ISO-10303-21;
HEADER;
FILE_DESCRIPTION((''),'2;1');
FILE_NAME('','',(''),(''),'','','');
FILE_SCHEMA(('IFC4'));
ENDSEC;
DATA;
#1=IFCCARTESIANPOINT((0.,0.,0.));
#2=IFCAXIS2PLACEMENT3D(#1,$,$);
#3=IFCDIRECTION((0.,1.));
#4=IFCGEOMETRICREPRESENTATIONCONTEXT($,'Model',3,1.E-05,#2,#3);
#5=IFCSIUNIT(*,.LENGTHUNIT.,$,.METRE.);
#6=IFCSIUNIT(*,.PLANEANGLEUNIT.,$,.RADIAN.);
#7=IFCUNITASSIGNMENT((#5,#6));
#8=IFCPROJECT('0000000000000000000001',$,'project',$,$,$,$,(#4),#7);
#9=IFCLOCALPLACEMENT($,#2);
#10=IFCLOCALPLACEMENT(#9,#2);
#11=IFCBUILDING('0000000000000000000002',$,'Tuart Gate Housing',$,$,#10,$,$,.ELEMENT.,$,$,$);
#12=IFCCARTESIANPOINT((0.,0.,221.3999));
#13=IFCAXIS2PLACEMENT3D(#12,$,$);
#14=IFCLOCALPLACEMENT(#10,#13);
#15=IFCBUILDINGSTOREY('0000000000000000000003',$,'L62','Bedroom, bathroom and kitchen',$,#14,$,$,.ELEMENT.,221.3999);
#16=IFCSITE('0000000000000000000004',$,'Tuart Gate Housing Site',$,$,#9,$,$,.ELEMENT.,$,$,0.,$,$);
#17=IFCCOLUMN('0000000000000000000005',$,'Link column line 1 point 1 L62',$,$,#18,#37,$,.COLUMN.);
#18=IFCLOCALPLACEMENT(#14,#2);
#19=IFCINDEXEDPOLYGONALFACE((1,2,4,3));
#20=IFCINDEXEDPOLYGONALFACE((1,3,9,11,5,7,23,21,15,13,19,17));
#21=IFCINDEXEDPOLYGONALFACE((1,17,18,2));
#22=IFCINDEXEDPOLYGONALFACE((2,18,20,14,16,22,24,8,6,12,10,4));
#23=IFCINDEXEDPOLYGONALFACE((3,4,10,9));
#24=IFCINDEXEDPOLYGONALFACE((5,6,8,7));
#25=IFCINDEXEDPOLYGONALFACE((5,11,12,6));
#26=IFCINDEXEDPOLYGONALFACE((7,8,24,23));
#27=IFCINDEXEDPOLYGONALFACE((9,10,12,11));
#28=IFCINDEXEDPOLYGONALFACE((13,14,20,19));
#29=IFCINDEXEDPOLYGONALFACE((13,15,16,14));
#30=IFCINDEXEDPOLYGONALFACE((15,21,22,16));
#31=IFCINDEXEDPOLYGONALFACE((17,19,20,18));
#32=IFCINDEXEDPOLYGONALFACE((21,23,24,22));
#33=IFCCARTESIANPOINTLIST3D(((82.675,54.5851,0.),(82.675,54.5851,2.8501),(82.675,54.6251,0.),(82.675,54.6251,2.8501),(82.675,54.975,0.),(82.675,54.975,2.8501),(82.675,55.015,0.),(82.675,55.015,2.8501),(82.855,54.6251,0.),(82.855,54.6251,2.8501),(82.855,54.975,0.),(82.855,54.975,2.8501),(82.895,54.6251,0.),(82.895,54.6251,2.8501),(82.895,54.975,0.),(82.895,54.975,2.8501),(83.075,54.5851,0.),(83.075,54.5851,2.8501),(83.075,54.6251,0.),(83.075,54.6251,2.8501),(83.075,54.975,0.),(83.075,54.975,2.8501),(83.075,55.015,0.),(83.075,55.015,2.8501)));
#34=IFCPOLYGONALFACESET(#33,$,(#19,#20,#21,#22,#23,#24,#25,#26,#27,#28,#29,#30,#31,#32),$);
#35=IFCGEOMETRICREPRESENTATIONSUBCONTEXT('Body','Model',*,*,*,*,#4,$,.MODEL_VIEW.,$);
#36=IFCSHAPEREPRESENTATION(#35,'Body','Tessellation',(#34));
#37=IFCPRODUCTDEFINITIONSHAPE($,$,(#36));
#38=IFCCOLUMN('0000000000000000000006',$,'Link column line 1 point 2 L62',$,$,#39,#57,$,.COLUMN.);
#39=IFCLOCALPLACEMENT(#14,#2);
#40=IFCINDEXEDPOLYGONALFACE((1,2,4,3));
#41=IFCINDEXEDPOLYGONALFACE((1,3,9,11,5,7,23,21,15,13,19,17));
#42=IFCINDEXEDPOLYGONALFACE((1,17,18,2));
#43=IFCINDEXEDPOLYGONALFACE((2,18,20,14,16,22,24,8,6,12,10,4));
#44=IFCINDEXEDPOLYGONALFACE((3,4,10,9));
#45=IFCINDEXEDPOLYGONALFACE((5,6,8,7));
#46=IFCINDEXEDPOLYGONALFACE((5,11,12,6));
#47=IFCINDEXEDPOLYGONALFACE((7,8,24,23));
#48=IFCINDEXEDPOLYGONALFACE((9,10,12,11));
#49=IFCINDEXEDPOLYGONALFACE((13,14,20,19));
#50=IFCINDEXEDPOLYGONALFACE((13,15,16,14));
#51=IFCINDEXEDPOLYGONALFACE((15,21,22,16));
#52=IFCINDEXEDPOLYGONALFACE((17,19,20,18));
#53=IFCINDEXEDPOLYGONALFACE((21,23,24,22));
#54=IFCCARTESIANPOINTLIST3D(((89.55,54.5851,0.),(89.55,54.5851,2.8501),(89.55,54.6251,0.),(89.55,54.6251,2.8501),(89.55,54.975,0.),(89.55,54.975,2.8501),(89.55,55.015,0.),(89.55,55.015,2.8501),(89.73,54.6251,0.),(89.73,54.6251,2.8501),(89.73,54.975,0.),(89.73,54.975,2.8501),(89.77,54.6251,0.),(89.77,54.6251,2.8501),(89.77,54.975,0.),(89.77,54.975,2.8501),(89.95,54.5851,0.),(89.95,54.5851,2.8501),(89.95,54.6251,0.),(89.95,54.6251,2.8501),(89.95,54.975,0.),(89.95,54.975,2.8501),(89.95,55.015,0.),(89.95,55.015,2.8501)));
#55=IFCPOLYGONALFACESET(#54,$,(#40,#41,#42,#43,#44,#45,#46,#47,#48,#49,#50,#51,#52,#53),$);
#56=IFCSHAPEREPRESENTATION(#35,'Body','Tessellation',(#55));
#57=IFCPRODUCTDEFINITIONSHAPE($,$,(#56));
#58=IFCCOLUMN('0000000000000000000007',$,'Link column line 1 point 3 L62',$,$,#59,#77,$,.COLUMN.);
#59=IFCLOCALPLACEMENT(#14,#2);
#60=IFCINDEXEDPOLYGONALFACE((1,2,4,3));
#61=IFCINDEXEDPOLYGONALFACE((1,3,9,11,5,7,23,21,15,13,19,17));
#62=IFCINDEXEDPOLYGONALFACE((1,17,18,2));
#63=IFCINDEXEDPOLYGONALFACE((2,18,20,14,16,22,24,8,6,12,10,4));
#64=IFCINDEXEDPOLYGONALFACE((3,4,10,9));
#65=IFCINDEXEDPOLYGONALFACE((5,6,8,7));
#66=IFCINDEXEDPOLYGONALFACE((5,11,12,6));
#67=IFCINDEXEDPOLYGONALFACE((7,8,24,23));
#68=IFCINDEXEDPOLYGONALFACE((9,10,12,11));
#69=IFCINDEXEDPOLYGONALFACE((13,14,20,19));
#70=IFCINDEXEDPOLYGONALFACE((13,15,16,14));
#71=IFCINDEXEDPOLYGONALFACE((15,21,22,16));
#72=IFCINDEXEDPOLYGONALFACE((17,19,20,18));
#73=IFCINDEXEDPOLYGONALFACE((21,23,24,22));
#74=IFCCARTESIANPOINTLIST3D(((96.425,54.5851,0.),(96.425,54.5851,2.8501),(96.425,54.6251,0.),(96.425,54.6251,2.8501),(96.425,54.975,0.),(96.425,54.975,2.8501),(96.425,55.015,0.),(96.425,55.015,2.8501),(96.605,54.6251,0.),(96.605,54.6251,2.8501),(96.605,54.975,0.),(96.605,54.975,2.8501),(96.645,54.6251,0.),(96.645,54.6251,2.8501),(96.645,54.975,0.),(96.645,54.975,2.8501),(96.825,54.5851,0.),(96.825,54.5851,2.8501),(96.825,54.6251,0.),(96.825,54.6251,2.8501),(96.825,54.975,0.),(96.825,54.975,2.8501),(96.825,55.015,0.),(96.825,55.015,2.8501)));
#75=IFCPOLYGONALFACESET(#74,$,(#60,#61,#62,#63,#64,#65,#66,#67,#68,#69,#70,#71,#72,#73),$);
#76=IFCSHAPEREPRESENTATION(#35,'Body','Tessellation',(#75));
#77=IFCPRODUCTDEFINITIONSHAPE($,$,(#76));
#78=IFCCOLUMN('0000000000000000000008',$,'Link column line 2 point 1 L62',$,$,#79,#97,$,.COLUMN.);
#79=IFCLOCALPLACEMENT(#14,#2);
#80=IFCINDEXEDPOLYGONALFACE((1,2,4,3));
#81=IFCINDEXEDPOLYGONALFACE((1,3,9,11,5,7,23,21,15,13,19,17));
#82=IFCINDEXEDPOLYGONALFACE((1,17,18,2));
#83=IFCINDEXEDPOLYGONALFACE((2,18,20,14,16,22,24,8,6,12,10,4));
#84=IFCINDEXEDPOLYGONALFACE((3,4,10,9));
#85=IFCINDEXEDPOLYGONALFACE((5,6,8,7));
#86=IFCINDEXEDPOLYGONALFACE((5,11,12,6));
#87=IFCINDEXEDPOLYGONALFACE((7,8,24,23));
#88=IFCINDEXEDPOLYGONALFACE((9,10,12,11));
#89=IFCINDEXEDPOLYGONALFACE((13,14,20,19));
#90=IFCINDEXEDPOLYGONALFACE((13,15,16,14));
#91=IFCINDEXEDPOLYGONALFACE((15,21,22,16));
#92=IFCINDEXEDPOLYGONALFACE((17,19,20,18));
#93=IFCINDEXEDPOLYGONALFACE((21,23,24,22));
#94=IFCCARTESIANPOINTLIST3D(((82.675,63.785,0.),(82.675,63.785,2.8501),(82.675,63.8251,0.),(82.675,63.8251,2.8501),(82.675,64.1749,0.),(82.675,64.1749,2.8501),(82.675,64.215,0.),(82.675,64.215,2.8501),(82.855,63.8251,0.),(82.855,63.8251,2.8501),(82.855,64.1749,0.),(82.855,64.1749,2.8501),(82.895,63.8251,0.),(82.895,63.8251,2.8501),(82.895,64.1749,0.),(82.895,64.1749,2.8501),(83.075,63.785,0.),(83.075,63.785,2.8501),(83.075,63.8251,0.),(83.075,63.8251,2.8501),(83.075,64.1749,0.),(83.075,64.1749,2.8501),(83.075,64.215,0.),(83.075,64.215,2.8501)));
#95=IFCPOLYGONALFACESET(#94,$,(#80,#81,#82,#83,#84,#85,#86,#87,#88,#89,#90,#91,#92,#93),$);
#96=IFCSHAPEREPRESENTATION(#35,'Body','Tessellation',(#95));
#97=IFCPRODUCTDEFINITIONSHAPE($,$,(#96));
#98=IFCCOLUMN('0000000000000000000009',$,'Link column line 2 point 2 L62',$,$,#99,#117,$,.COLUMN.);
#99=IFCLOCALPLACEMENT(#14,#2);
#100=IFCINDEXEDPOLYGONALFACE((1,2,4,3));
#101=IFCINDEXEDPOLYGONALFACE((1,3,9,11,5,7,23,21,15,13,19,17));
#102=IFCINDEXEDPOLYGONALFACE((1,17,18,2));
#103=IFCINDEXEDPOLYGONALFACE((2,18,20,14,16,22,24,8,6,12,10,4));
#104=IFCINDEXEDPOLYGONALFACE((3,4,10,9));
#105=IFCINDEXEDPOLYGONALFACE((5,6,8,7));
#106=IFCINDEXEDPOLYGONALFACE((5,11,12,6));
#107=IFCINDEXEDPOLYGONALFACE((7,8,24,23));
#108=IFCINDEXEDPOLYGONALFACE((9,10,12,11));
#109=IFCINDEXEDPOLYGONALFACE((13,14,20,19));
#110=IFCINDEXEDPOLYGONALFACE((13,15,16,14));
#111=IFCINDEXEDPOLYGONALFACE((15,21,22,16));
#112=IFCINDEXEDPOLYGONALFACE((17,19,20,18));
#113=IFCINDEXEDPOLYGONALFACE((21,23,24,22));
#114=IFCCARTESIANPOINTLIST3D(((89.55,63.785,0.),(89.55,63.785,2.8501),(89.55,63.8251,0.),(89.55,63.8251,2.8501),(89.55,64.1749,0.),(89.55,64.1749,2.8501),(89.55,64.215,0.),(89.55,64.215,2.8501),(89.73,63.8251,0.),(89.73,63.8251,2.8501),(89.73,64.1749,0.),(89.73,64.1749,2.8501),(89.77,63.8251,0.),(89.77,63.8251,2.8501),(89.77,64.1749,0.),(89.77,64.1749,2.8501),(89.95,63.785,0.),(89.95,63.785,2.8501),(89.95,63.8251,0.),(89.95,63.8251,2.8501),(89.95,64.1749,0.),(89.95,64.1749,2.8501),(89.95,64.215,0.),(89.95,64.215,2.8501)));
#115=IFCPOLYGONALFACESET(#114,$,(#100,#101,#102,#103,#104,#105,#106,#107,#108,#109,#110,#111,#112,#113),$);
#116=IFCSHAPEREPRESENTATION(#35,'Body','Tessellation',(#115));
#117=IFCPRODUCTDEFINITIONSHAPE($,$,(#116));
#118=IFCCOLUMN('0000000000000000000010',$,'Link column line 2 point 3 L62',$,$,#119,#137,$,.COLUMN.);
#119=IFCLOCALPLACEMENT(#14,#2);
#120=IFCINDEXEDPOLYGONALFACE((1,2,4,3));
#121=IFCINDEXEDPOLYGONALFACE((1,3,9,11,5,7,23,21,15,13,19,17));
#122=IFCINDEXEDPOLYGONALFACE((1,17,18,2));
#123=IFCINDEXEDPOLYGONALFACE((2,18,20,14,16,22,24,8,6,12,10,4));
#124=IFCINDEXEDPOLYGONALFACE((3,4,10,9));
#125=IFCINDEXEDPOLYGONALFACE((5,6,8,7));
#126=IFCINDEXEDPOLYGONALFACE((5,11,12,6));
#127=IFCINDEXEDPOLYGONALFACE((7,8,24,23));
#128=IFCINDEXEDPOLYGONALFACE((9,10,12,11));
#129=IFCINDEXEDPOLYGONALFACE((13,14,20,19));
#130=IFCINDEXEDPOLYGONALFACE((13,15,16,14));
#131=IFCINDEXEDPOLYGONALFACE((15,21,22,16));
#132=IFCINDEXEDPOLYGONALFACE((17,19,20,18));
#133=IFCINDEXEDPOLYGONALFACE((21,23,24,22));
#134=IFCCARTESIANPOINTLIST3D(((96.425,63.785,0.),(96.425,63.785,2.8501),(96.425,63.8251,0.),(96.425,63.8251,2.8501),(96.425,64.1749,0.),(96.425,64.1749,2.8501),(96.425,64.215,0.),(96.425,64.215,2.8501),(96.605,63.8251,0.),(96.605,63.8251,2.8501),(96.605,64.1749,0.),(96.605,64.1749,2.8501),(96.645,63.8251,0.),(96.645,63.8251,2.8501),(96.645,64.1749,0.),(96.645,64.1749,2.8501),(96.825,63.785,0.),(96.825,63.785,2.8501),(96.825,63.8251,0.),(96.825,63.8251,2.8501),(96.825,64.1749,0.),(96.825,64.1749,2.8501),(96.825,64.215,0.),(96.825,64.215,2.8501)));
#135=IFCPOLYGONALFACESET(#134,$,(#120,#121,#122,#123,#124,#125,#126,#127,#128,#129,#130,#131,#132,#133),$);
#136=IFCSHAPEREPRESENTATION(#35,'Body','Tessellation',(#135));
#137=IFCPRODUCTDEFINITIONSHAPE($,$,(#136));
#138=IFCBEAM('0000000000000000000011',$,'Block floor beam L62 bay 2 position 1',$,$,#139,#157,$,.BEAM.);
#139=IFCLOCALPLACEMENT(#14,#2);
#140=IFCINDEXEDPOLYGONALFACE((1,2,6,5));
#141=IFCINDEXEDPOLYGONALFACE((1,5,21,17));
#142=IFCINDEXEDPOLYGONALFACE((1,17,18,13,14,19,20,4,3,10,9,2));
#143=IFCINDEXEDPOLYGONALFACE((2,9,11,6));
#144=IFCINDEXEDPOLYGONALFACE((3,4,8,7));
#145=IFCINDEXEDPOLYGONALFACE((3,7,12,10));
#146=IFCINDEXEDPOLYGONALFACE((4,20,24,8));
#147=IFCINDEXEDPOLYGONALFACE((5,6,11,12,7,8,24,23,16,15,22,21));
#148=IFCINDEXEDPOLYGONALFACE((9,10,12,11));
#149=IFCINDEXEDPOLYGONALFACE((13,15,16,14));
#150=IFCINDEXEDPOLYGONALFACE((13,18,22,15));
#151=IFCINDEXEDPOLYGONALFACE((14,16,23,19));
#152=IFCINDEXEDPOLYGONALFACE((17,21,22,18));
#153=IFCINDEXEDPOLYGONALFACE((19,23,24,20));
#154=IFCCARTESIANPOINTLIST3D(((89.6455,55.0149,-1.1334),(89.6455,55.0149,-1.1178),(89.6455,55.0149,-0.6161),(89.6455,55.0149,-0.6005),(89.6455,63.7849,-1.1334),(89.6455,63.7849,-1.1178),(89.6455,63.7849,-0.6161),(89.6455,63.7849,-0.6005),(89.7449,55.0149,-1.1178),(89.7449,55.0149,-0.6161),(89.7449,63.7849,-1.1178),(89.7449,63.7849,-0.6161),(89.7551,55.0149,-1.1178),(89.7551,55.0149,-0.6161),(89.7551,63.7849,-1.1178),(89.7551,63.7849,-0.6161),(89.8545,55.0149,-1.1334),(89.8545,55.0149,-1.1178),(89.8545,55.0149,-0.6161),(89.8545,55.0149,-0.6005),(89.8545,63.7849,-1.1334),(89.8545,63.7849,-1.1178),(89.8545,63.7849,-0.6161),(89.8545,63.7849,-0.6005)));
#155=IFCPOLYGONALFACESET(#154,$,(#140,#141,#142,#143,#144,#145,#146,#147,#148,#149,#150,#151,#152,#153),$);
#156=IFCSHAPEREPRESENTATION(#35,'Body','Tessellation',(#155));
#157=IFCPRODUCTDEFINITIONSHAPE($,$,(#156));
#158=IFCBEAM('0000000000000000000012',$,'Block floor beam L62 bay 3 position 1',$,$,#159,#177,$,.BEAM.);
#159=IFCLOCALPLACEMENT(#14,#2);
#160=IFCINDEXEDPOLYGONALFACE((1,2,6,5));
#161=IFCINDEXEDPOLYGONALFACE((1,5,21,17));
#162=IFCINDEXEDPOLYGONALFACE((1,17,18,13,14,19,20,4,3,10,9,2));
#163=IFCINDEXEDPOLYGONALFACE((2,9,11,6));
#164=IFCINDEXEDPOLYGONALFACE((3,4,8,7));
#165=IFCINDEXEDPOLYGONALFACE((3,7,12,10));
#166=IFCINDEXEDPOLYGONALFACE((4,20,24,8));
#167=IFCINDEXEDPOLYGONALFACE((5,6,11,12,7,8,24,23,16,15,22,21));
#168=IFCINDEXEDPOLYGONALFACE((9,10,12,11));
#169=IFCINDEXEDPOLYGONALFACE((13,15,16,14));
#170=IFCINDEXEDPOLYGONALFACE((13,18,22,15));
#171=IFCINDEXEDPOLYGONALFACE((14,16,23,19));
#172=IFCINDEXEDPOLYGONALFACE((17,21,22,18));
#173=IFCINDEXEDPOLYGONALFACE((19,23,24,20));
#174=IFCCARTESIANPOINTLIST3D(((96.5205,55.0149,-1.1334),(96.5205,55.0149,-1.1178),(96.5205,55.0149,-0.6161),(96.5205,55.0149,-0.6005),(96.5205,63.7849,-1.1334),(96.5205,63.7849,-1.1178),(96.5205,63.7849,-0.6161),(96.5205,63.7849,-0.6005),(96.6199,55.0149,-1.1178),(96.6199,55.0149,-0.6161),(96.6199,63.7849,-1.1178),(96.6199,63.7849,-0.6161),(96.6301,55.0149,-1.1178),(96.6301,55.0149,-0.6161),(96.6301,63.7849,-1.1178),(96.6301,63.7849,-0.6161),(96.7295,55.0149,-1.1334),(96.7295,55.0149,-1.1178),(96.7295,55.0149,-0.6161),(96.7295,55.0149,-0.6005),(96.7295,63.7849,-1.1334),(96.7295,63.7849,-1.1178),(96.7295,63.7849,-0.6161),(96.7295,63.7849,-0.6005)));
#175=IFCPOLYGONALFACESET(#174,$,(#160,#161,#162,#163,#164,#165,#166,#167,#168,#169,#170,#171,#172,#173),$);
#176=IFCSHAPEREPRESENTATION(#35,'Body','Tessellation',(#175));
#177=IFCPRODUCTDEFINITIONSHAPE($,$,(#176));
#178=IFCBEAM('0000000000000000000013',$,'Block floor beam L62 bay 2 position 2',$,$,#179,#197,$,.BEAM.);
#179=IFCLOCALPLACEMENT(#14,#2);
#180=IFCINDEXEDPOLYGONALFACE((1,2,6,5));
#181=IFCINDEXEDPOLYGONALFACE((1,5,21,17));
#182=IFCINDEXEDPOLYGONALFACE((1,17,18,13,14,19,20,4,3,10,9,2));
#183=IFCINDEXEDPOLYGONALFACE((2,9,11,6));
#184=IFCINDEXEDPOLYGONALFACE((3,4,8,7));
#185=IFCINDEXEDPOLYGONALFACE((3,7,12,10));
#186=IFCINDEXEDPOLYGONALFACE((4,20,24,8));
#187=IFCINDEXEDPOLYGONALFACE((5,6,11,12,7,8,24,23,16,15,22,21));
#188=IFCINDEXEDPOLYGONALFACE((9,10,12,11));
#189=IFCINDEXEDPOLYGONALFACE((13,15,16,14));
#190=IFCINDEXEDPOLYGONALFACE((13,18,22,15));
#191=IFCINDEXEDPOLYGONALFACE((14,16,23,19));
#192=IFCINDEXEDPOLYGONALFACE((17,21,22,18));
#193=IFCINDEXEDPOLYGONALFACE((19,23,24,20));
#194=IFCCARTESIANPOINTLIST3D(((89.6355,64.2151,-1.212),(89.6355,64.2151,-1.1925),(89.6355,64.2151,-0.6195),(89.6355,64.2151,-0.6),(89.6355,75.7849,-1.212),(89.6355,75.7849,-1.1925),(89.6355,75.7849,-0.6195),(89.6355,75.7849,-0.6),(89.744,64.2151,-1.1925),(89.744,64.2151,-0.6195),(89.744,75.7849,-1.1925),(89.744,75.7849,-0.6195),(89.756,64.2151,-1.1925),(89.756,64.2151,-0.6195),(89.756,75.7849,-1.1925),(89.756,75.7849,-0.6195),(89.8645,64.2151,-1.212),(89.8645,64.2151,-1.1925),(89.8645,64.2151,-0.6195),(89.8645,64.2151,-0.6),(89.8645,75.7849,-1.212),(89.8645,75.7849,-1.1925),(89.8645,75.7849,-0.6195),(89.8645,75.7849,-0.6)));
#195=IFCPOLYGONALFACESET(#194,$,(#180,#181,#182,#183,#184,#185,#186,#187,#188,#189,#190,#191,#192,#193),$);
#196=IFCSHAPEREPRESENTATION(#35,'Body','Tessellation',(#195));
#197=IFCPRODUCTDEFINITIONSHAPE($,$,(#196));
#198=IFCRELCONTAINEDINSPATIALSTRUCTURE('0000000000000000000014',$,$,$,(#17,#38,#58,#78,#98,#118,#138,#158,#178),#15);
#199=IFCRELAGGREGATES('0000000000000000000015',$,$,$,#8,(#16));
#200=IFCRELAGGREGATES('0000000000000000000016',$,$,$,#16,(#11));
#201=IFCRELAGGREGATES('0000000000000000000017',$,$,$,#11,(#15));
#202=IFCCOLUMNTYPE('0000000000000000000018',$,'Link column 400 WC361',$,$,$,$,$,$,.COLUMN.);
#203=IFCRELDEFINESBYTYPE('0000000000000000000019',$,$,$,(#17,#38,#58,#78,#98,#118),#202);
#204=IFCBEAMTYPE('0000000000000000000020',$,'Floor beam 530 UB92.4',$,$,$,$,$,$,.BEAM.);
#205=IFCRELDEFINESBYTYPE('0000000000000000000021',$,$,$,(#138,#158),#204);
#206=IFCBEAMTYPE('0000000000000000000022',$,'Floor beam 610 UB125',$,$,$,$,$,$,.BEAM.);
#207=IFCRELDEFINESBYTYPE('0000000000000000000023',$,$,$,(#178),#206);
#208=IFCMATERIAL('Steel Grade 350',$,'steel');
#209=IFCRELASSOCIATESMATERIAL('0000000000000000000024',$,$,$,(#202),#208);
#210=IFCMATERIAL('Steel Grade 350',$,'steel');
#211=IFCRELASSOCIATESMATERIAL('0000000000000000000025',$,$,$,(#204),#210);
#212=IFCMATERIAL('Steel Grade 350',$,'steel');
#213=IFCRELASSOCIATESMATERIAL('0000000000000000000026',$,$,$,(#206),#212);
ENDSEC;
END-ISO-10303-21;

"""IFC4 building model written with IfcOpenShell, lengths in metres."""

from ifc_helpers import new_model, si_unit, direction, frame, origin, origin_2d, place, context, subcontext, project, spatial, i_section, extrude, material, material_profile, profile_set, type_object, element, save


model = new_model("IFC4")

# Units and contexts
model_context = context("Model", 3, precision=1e-05, world=origin(), true_north=direction((0.0, 1.0)))
body_context = subcontext(model_context, "Body", "Model", "MODEL_VIEW")
ifc_project = project(units=[si_unit("LENGTHUNIT", "METRE"), si_unit("PLANEANGLEUNIT", "RADIAN")], contexts=[model_context])

# Site, building, storey
site_placement = place(None, origin())
site = spatial("IfcSite", under=ifc_project, at=site_placement, Name="Tuart Gate Housing Site", CompositionType="ELEMENT", RefElevation=0.0)
building_placement = place(site_placement, origin())
building = spatial("IfcBuilding", under=site, at=building_placement, Name="Tuart Gate Housing", CompositionType="ELEMENT")
storey_placement = place(building_placement, frame((0.0, 0.0, 221.3999)))
storey = spatial("IfcBuildingStorey", under=building, at=storey_placement, Name="L62", Description="Bedroom, bathroom and kitchen", CompositionType="ELEMENT", Elevation=221.3999)

# Columns
ifc_material_1 = material(Name="Steel Grade 350", Category="steel")
ifc_material_profile_1 = material_profile(ifc_material_1, i_section(OverallWidth=0.3999, OverallDepth=0.4299, WebThickness=0.04, FlangeThickness=0.04, at=origin_2d()), Name="400WC361")
ifc_profile_set_1 = profile_set([ifc_material_profile_1], Name="Steel Grade 350")
column_type = type_object("IfcColumnType", Name="Link column 400 WC361", PredefinedType="COLUMN", material=ifc_profile_set_1)
for number, where, z_axis, x_axis, name in (
    (1, (82.875, 54.8, 0.0), (0.0, 0.0, 1.0), (1.0, 0.0, 0.0), "Link column line 1 point 1 L62"),
    (2, (89.75, 54.8, 0.0), (0.0, 0.0, 1.0), (1.0, 0.0, 0.0), "Link column line 1 point 2 L62"),
    (3, (96.625, 54.8, 0.0), (0.0, 0.0, 1.0), (1.0, 0.0, 0.0), "Link column line 1 point 3 L62"),
    (4, (82.875, 64.0, 0.0), (0.0, 0.0, 1.0), (1.0, 0.0, 0.0), "Link column line 2 point 1 L62"),
    (5, (89.75, 64.0, 0.0), (0.0, 0.0, 1.0), (1.0, 0.0, 0.0), "Link column line 2 point 2 L62"),
    (6, (96.625, 64.0, 0.0), (0.0, 0.0, 1.0), (1.0, 0.0, 0.0), "Link column line 2 point 3 L62"),
):
    element("IfcColumn", number, at=place(storey_placement, frame(where, z_axis=z_axis, x_axis=x_axis)), inside=storey, type_object=column_type, Name=name, PredefinedType="COLUMN", context=body_context, shape_type="SweptSolid", body=[
        extrude(i_section(OverallWidth=0.3999, OverallDepth=0.4299, WebThickness=0.04, FlangeThickness=0.04, at=origin_2d()), origin(), (0.0, 0.0, 1.0), 2.8501),
    ])

# Beams
ifc_material_2 = material(Name="Steel Grade 350", Category="steel")
ifc_material_profile_2 = material_profile(ifc_material_2, i_section(OverallWidth=0.209, OverallDepth=0.533, WebThickness=0.0103, FlangeThickness=0.0156, at=origin_2d()), Name="530UB92.4")
ifc_profile_set_2 = profile_set([ifc_material_profile_2], Name="Steel Grade 350")
beam_type_1 = type_object("IfcBeamType", Name="Floor beam 530 UB92.4", PredefinedType="BEAM", material=ifc_profile_set_2)
for number, where, z_axis, x_axis, name in (
    (7, (89.75, 55.0149, -0.8669), (0.0, 1.0, 0.0), (-1.0, 0.0, 0.0), "Block floor beam L62 bay 2 position 1"),
    (8, (96.625, 55.0149, -0.8669), (0.0, 1.0, 0.0), (-1.0, 0.0, 0.0), "Block floor beam L62 bay 3 position 1"),
):
    element("IfcBeam", number, at=place(storey_placement, frame(where, z_axis=z_axis, x_axis=x_axis)), inside=storey, type_object=beam_type_1, Name=name, PredefinedType="BEAM", context=body_context, shape_type="SweptSolid", body=[
        extrude(i_section(OverallWidth=0.209, OverallDepth=0.533, WebThickness=0.0103, FlangeThickness=0.0156, at=origin_2d()), origin(), (0.0, 0.0, 1.0), 8.77),
    ])
ifc_material_3 = material(Name="Steel Grade 350", Category="steel")
ifc_material_profile_3 = material_profile(ifc_material_3, i_section(OverallWidth=0.229, OverallDepth=0.6121, WebThickness=0.012, FlangeThickness=0.0195, at=origin_2d()), Name="610UB125")
ifc_profile_set_3 = profile_set([ifc_material_profile_3], Name="Steel Grade 350")
beam_type_2 = type_object("IfcBeamType", Name="Floor beam 610 UB125", PredefinedType="BEAM", material=ifc_profile_set_3)
for number, where, z_axis, x_axis, name in (
    (9, (89.75, 64.2151, -0.906), (0.0, 1.0, 0.0), (-1.0, 0.0, 0.0), "Block floor beam L62 bay 2 position 2"),
):
    element("IfcBeam", number, at=place(storey_placement, frame(where, z_axis=z_axis, x_axis=x_axis)), inside=storey, type_object=beam_type_2, Name=name, PredefinedType="BEAM", context=body_context, shape_type="SweptSolid", body=[
        extrude(i_section(OverallWidth=0.229, OverallDepth=0.6121, WebThickness=0.012, FlangeThickness=0.0195, at=origin_2d()), origin(), (0.0, 0.0, 1.0), 11.5698),
    ])

save(model, "model.ifc")
